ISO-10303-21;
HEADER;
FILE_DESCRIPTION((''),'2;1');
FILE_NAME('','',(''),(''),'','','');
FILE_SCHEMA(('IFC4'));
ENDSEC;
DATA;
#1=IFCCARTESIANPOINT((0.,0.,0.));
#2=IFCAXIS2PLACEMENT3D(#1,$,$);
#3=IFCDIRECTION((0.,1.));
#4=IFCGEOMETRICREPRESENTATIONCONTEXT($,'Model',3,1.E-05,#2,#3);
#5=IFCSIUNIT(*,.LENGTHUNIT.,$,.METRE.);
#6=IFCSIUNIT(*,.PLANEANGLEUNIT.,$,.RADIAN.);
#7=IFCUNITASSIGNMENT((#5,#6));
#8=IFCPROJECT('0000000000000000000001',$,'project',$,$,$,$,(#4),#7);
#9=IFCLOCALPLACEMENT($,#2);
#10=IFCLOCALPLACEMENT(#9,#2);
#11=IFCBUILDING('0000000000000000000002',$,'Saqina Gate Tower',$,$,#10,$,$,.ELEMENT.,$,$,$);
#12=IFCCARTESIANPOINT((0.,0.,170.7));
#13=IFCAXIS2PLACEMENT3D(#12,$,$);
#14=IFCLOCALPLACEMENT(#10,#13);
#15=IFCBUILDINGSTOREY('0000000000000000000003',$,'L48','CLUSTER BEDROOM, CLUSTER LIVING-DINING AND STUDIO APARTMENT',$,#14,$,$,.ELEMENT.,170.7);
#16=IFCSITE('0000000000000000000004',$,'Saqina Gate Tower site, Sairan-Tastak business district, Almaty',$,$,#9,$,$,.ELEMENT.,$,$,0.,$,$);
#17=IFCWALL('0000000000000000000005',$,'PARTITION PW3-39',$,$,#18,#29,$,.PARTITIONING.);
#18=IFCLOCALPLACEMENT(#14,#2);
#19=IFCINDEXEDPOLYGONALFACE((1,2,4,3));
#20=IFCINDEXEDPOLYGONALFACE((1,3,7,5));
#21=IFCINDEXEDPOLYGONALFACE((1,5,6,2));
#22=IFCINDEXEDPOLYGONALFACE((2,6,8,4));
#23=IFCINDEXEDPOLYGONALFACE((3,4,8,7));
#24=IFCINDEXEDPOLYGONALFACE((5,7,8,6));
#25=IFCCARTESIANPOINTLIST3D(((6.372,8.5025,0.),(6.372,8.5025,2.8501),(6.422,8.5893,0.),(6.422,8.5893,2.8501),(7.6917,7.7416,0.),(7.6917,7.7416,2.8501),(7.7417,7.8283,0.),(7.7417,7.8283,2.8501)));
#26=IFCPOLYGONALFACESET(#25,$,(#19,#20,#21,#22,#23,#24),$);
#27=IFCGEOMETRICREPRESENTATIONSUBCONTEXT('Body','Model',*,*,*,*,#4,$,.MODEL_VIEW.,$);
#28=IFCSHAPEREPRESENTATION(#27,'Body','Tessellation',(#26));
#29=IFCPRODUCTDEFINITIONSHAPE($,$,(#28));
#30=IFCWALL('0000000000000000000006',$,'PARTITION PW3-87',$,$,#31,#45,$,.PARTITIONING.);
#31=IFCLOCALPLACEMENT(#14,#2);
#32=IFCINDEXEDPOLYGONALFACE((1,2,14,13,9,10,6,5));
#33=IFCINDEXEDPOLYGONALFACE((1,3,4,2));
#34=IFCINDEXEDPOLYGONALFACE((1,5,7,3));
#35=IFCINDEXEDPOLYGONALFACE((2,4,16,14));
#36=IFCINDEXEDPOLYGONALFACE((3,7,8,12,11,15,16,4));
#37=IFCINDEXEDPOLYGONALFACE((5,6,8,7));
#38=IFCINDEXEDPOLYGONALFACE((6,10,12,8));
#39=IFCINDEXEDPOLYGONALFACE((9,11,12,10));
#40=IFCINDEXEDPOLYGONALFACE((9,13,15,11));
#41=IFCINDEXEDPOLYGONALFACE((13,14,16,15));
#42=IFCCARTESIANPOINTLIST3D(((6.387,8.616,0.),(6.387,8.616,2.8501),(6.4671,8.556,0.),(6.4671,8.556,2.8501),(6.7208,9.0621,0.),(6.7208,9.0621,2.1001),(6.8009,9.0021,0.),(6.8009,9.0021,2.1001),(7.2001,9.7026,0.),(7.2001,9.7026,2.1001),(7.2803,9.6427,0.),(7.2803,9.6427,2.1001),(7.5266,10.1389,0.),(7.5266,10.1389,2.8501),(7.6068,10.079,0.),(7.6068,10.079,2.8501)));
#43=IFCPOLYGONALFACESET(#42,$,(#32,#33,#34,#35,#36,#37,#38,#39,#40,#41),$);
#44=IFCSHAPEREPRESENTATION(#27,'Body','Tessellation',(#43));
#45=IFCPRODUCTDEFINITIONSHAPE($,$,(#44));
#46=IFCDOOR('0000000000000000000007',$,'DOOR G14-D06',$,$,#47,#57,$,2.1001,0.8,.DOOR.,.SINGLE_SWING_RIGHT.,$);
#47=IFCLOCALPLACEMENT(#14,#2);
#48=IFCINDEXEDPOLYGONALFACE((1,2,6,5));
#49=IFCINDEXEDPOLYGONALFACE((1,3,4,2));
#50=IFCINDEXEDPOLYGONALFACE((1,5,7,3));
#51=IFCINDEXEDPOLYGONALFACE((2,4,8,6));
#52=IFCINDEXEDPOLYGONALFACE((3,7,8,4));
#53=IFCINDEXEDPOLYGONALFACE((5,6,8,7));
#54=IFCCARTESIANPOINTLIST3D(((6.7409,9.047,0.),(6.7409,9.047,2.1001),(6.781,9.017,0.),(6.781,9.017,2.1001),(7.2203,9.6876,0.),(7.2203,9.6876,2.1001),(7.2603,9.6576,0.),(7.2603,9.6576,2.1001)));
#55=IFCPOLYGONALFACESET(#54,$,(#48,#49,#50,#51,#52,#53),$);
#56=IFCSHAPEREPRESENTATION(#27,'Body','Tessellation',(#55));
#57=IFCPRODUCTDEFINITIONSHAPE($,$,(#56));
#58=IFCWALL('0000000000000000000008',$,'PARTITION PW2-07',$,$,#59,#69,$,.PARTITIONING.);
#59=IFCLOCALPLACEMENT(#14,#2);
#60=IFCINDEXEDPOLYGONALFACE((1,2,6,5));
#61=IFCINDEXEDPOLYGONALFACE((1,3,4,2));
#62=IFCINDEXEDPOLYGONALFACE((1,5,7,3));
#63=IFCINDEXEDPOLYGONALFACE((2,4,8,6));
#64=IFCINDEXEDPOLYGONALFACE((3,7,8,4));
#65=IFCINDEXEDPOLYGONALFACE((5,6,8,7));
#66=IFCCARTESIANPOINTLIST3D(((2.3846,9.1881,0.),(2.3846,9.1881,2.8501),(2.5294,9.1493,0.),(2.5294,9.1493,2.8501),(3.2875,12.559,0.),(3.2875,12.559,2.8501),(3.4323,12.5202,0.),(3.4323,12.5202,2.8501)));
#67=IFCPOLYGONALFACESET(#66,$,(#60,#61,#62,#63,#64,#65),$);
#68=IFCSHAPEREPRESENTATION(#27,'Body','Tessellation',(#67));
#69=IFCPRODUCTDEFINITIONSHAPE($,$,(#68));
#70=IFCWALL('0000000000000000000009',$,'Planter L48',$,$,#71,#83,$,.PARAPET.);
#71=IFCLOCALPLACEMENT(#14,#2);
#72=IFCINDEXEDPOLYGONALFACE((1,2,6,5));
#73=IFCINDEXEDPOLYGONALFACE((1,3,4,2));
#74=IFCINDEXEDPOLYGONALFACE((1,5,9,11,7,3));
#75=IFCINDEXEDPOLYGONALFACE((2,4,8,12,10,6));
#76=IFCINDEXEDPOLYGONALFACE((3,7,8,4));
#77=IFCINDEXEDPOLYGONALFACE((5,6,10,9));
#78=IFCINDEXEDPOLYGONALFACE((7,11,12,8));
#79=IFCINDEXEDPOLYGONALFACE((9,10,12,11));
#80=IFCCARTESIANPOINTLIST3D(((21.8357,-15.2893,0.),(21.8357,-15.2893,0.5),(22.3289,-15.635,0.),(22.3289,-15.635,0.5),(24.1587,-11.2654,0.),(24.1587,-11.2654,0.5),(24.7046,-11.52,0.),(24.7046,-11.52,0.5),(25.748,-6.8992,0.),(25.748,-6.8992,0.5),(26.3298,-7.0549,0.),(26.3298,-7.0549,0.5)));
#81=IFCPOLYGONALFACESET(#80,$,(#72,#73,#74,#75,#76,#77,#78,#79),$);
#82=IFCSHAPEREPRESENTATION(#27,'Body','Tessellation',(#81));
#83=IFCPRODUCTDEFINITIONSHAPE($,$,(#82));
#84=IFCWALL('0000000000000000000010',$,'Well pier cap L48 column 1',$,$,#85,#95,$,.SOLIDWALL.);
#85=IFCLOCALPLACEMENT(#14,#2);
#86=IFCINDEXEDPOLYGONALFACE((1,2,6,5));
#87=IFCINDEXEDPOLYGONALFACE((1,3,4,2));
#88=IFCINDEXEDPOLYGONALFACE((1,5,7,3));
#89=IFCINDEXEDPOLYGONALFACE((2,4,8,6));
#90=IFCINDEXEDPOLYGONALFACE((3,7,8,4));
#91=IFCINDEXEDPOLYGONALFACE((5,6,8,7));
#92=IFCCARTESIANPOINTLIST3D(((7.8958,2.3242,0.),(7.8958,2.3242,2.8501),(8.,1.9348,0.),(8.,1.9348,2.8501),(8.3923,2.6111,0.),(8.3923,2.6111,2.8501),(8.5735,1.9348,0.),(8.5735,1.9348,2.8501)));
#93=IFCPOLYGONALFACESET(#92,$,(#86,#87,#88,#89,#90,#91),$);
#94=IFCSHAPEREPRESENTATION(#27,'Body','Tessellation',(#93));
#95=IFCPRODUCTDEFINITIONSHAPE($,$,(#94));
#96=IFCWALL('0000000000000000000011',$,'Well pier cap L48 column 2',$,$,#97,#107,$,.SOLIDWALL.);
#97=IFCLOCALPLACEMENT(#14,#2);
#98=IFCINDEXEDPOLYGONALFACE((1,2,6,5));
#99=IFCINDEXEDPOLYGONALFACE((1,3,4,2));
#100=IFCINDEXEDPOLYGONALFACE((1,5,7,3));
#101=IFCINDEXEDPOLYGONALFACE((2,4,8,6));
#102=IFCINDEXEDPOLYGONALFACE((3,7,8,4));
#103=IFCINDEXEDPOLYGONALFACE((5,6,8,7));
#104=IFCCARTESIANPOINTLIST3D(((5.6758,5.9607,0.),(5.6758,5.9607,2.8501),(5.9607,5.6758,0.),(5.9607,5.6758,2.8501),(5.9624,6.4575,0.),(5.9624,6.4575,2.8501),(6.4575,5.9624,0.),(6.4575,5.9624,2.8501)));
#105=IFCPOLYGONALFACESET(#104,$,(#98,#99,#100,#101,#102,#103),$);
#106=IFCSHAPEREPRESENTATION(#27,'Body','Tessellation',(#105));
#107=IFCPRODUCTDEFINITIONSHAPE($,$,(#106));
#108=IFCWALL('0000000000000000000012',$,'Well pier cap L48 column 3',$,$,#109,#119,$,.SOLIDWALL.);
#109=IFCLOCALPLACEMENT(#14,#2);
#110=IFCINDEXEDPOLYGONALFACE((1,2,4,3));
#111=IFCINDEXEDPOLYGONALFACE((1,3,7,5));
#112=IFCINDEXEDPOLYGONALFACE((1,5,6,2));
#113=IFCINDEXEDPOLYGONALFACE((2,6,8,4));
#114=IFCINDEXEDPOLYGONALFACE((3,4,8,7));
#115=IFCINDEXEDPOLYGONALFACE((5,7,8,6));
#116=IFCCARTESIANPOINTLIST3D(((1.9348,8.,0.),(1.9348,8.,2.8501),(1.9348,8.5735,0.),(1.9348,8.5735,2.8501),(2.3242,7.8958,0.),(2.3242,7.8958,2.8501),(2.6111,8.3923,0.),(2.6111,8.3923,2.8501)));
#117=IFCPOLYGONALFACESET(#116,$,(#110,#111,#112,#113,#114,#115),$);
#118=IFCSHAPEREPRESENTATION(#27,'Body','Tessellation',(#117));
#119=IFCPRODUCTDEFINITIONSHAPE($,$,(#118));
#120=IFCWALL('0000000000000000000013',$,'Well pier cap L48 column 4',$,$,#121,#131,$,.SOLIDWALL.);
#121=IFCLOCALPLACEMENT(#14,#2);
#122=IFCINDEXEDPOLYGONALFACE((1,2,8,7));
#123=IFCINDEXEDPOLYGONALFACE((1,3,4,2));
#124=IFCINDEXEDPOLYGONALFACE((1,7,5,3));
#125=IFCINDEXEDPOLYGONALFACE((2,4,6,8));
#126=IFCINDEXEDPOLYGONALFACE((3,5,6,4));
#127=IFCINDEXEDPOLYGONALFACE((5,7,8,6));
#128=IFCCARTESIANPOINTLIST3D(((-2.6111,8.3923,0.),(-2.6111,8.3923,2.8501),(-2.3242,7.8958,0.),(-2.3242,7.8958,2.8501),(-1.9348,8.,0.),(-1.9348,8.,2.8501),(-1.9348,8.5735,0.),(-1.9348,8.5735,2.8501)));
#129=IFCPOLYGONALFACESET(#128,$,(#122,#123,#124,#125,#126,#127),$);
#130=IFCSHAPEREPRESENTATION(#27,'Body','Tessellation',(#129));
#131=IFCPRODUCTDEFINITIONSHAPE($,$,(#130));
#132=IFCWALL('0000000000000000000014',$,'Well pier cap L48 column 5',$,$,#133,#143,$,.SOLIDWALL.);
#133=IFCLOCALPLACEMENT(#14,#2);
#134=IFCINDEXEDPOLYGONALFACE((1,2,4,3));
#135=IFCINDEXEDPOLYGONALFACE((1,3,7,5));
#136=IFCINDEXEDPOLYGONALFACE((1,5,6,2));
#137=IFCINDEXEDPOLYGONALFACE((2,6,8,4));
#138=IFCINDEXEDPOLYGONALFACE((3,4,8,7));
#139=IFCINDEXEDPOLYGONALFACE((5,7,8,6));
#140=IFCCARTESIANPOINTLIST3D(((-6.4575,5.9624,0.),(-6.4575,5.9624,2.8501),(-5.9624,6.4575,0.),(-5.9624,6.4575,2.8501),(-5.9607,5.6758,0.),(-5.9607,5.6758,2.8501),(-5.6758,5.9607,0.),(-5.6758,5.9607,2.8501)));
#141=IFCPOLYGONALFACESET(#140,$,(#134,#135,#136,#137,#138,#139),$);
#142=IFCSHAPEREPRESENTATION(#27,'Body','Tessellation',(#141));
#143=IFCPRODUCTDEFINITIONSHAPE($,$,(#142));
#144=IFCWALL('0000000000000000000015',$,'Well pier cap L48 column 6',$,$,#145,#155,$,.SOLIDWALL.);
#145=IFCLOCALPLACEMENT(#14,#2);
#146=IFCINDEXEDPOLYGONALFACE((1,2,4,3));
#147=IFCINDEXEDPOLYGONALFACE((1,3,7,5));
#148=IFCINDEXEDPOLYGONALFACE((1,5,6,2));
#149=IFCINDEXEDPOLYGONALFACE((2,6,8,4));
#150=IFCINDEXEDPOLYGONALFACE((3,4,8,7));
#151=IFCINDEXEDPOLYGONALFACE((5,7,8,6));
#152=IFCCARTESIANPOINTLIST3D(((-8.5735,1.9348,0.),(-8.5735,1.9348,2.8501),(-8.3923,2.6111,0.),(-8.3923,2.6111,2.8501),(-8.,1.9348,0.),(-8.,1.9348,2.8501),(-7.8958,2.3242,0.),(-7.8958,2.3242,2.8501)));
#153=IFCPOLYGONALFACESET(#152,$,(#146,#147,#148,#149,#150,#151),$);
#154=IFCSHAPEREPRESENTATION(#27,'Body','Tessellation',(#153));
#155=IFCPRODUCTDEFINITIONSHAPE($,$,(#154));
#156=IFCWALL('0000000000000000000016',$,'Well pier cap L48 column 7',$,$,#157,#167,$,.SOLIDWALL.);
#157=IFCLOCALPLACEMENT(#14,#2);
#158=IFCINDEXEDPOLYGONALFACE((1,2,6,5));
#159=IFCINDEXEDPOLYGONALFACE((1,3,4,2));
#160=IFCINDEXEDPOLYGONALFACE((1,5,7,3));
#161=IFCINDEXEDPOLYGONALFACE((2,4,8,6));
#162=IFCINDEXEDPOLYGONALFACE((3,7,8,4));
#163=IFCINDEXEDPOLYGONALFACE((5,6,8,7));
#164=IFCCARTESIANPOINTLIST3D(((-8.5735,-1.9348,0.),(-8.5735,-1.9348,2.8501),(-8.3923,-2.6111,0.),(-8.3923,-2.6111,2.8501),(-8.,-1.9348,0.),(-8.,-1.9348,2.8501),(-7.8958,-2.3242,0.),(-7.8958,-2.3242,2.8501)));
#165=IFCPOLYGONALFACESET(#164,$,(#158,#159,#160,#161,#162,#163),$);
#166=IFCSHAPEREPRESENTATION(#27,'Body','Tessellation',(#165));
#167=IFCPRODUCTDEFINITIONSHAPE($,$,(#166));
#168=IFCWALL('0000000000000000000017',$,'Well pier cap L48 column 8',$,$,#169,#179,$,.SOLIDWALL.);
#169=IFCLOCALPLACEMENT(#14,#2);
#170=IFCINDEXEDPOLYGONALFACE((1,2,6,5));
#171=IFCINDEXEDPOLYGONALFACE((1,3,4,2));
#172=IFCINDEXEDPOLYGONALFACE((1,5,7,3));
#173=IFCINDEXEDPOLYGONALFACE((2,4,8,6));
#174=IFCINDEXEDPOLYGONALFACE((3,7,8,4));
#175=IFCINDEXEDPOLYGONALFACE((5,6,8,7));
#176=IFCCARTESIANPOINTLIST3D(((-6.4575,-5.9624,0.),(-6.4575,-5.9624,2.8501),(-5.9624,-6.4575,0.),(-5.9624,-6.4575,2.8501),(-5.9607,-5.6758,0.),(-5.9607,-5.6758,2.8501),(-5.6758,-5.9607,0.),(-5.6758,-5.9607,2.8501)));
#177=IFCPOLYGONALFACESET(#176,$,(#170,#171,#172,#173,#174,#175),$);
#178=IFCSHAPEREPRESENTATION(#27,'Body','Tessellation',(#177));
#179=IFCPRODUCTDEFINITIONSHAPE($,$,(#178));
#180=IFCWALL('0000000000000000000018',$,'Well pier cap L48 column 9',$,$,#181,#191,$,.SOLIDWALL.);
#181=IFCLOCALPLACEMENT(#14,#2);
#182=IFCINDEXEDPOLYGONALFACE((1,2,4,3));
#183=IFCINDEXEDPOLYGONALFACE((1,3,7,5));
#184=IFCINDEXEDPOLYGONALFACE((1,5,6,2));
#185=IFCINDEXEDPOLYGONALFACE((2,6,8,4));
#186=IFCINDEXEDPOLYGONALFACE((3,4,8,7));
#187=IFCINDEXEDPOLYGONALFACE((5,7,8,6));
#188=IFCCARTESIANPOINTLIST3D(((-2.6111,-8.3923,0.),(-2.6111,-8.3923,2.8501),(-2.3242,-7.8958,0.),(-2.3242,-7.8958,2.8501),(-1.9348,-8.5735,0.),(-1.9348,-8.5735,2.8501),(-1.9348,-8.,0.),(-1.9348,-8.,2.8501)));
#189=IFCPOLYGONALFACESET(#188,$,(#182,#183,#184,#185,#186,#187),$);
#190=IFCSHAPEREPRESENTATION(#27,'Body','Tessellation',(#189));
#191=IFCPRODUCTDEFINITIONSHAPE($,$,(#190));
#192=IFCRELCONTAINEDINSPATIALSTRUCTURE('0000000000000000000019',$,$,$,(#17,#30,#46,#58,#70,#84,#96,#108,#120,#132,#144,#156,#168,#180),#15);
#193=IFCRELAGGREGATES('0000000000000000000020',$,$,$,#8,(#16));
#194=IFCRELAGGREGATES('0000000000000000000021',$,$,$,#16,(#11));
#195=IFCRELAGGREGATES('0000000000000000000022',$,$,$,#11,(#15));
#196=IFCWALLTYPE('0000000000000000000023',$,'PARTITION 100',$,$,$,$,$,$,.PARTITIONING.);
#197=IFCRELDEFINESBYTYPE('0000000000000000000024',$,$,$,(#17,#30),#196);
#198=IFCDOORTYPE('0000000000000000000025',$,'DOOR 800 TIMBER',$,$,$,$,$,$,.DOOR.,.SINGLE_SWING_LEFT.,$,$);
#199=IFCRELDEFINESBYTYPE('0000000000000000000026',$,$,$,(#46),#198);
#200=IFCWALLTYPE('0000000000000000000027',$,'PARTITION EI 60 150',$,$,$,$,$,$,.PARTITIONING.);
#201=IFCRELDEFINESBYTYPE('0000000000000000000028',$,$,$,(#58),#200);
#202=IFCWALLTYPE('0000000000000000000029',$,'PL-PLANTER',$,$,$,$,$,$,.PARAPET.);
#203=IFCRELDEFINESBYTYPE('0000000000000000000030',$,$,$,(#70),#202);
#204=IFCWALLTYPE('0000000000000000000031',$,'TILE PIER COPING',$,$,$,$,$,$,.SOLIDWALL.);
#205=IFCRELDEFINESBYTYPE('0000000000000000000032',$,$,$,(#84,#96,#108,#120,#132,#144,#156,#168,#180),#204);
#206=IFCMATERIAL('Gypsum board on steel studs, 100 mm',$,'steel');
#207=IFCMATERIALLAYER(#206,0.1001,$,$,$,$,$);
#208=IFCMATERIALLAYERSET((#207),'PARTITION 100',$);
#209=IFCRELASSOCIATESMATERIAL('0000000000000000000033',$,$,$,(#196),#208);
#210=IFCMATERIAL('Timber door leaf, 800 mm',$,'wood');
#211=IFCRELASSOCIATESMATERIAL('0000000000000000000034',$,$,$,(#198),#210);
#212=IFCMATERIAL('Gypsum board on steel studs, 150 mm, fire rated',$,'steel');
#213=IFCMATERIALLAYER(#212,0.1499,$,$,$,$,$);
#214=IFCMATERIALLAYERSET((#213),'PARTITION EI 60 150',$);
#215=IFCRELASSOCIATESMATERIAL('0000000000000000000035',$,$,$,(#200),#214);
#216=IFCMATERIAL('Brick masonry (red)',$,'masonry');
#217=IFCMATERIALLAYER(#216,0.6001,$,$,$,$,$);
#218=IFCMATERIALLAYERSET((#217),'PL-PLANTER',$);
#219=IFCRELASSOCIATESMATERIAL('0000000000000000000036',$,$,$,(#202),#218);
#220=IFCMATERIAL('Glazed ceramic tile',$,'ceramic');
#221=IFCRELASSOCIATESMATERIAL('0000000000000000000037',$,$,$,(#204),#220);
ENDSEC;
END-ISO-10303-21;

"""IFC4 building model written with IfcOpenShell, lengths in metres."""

from ifc_helpers import new_model, si_unit, direction, frame, frame_2d, origin, place, context, subcontext, project, spatial, polyline, rectangle, outline, extrude, material, layer, layer_set, type_object, element, fill, save


model = new_model("IFC4")

# Units and contexts
model_context = context("Model", 3, precision=1e-05, world=origin(), true_north=direction((0.0, 1.0)))
body_context = subcontext(model_context, "Body", "Model", "MODEL_VIEW")
ifc_project = project(units=[si_unit("LENGTHUNIT", "METRE"), si_unit("PLANEANGLEUNIT", "RADIAN")], contexts=[model_context])

# Site, building, storey
site_placement = place(None, origin())
site = spatial("IfcSite", under=ifc_project, at=site_placement, Name="Saqina Gate Tower site, Sairan-Tastak business district, Almaty", CompositionType="ELEMENT", RefElevation=0.0)
building_placement = place(site_placement, origin())
building = spatial("IfcBuilding", under=site, at=building_placement, Name="Saqina Gate Tower", CompositionType="ELEMENT")
storey_placement = place(building_placement, frame((0.0, 0.0, 170.7)))
storey = spatial("IfcBuildingStorey", under=building, at=storey_placement, Name="L48", Description="CLUSTER BEDROOM, CLUSTER LIVING-DINING AND STUDIO APARTMENT", CompositionType="ELEMENT", Elevation=170.7)

# Wall
ifc_material_1 = material(Name="Gypsum board on steel studs, 100 mm", Category="steel")
ifc_layer_1 = layer(ifc_material_1, 0.1001)
ifc_layer_set_1 = layer_set([ifc_layer_1], Name="PARTITION 100")
wall_type_1 = type_object("IfcWallType", Name="PARTITION 100", PredefinedType="PARTITIONING", material=ifc_layer_set_1)
wall_1_placement = place(storey_placement, frame((6.397, 8.5459, 0.0), z_axis=(0.0, 0.0, 1.0), x_axis=(0.866314, -0.4995, 0.0)))
element("IfcWall", 1, at=wall_1_placement, inside=storey, type_object=wall_type_1, Name="PARTITION PW3-39", PredefinedType="PARTITIONING", context=body_context, shape_type="SweptSolid", body=[
    extrude(rectangle(XDim=1.5234, YDim=0.1001, at=frame_2d((0.7617, 0.0))), origin(), (0.0, 0.0, 1.0), 2.8501),
])

# Wall, opening, door
wall_2_placement = place(storey_placement, frame((6.427, 8.5859, 0.0), z_axis=(0.0, 0.0, 1.0), x_axis=(0.599137, 0.800646, 0.0)))
wall_2 = element("IfcWall", 2, at=wall_2_placement, inside=storey, type_object=wall_type_1, Name="PARTITION PW3-87", PredefinedType="PARTITIONING", context=body_context, shape_type="SweptSolid", body=[
    extrude(rectangle(XDim=1.9021, YDim=0.1001, at=frame_2d((0.9512, 0.0))), origin(), (0.0, 0.0, 1.0), 2.8501),
])
opening_1_placement = place(wall_2_placement, frame((0.5574, 0.0, 0.0)))
opening_1 = element("IfcOpeningElement", 3, at=opening_1_placement, cuts=wall_2, PredefinedType="OPENING", context=body_context, shape_type="SweptSolid", body=[
    extrude(rectangle(XDim=0.8, YDim=2.1001, at=frame_2d((0.3999, 1.05))), frame((0.0, 0.062, 0.0), z_axis=(0.0, -1.0, 0.0), x_axis=(1.0, 0.0, 0.0)), (0.0, 0.0, 1.0), 0.124),
])
ifc_material_2 = material(Name="Timber door leaf, 800 mm", Category="wood")
door_type = type_object("IfcDoorType", Name="DOOR 800 TIMBER", OperationType="SINGLE_SWING_LEFT", PredefinedType="DOOR", material=ifc_material_2)
door_placement = place(opening_1_placement, origin())
door = element("IfcDoor", 4, at=door_placement, inside=storey, type_object=door_type, Name="DOOR G14-D06", OperationType="SINGLE_SWING_RIGHT", OverallHeight=2.1001, OverallWidth=0.8, PredefinedType="DOOR", context=body_context, shape_type="SweptSolid", body=[
    extrude(rectangle(XDim=0.8, YDim=2.1001, at=frame_2d((0.3999, 1.05))), frame((0.0, 0.0249, 0.0), z_axis=(0.0, -1.0, 0.0), x_axis=(1.0, 0.0, 0.0)), (0.0, 0.0, 1.0), 0.05),
])
fill(opening_1, door)

# Walls
ifc_material_3 = material(Name="Gypsum board on steel studs, 150 mm, fire rated", Category="steel")
ifc_layer_2 = layer(ifc_material_3, 0.1499)
ifc_layer_set_2 = layer_set([ifc_layer_2], Name="PARTITION EI 60 150")
wall_type_2 = type_object("IfcWallType", Name="PARTITION EI 60 150", PredefinedType="PARTITIONING", material=ifc_layer_set_2)
wall_3_placement = place(storey_placement, frame((2.457, 9.1687, 0.0), z_axis=(0.0, 0.0, 1.0), x_axis=(0.258716, 0.965953, 0.0)))
element("IfcWall", 5, at=wall_3_placement, inside=storey, type_object=wall_type_2, Name="PARTITION PW2-07", PredefinedType="PARTITIONING", context=body_context, shape_type="SweptSolid", body=[
    extrude(rectangle(XDim=3.4897, YDim=0.1499, at=frame_2d((1.7449, 0.0))), origin(), (0.0, 0.0, 1.0), 2.8501),
])
ifc_material_4 = material(Name="Brick masonry (red)", Category="masonry")
ifc_layer_3 = layer(ifc_material_4, 0.6001)
ifc_layer_set_3 = layer_set([ifc_layer_3], Name="PL-PLANTER")
wall_type_3 = type_object("IfcWallType", Name="PL-PLANTER", PredefinedType="PARAPET", material=ifc_layer_set_3)
wall_4_placement = place(storey_placement, origin())
element("IfcWall", 6, at=wall_4_placement, inside=storey, type_object=wall_type_3, Name="Planter L48", PredefinedType="PARAPET", context=body_context, shape_type="SweptSolid", body=[
    extrude(outline(polyline([(22.3289, -15.635), (24.7046, -11.52), (26.3298, -7.0549), (25.748, -6.8992), (24.1587, -11.2654), (21.8357, -15.2893), (22.3289, -15.635)])), origin(), (0.0, 0.0, 1.0), 0.5),
])
ifc_material_5 = material(Name="Glazed ceramic tile", Category="ceramic")
wall_type_4 = type_object("IfcWallType", Name="TILE PIER COPING", PredefinedType="SOLIDWALL", material=ifc_material_5)
wall_5_placement = place(storey_placement, origin())
element("IfcWall", 7, at=wall_5_placement, inside=storey, type_object=wall_type_4, Name="Well pier cap L48 column 1", PredefinedType="SOLIDWALL", context=body_context, shape_type="SweptSolid", body=[
    extrude(outline(polyline([(8.3923, 2.6111), (7.8958, 2.3242), (8.0, 1.9348), (8.5735, 1.9348), (8.3923, 2.6111)])), origin(), (0.0, 0.0, 1.0), 2.8501),
])
wall_6_placement = place(storey_placement, origin())
element("IfcWall", 8, at=wall_6_placement, inside=storey, type_object=wall_type_4, Name="Well pier cap L48 column 2", PredefinedType="SOLIDWALL", context=body_context, shape_type="SweptSolid", body=[
    extrude(outline(polyline([(5.9624, 6.4575), (5.6758, 5.9607), (5.9607, 5.6758), (6.4575, 5.9624), (5.9624, 6.4575)])), origin(), (0.0, 0.0, 1.0), 2.8501),
])
wall_7_placement = place(storey_placement, origin())
element("IfcWall", 9, at=wall_7_placement, inside=storey, type_object=wall_type_4, Name="Well pier cap L48 column 3", PredefinedType="SOLIDWALL", context=body_context, shape_type="SweptSolid", body=[
    extrude(outline(polyline([(1.9348, 8.5735), (1.9348, 8.0), (2.3242, 7.8958), (2.6111, 8.3923), (1.9348, 8.5735)])), origin(), (0.0, 0.0, 1.0), 2.8501),
])
wall_8_placement = place(storey_placement, origin())
element("IfcWall", 10, at=wall_8_placement, inside=storey, type_object=wall_type_4, Name="Well pier cap L48 column 4", PredefinedType="SOLIDWALL", context=body_context, shape_type="SweptSolid", body=[
    extrude(outline(polyline([(-1.9348, 8.0), (-1.9348, 8.5735), (-2.6111, 8.3923), (-2.3242, 7.8958), (-1.9348, 8.0)])), origin(), (0.0, 0.0, 1.0), 2.8501),
])
wall_9_placement = place(storey_placement, origin())
element("IfcWall", 11, at=wall_9_placement, inside=storey, type_object=wall_type_4, Name="Well pier cap L48 column 5", PredefinedType="SOLIDWALL", context=body_context, shape_type="SweptSolid", body=[
    extrude(outline(polyline([(-6.4575, 5.9624), (-5.9607, 5.6758), (-5.6758, 5.9607), (-5.9624, 6.4575), (-6.4575, 5.9624)])), origin(), (0.0, 0.0, 1.0), 2.8501),
])
wall_10_placement = place(storey_placement, origin())
element("IfcWall", 12, at=wall_10_placement, inside=storey, type_object=wall_type_4, Name="Well pier cap L48 column 6", PredefinedType="SOLIDWALL", context=body_context, shape_type="SweptSolid", body=[
    extrude(outline(polyline([(-8.5735, 1.9348), (-8.0, 1.9348), (-7.8958, 2.3242), (-8.3923, 2.6111), (-8.5735, 1.9348)])), origin(), (0.0, 0.0, 1.0), 2.8501),
])
wall_11_placement = place(storey_placement, origin())
element("IfcWall", 13, at=wall_11_placement, inside=storey, type_object=wall_type_4, Name="Well pier cap L48 column 7", PredefinedType="SOLIDWALL", context=body_context, shape_type="SweptSolid", body=[
    extrude(outline(polyline([(-8.0, -1.9348), (-8.5735, -1.9348), (-8.3923, -2.6111), (-7.8958, -2.3242), (-8.0, -1.9348)])), origin(), (0.0, 0.0, 1.0), 2.8501),
])
wall_12_placement = place(storey_placement, origin())
element("IfcWall", 14, at=wall_12_placement, inside=storey, type_object=wall_type_4, Name="Well pier cap L48 column 8", PredefinedType="SOLIDWALL", context=body_context, shape_type="SweptSolid", body=[
    extrude(outline(polyline([(-6.4575, -5.9624), (-5.9624, -6.4575), (-5.6758, -5.9607), (-5.9607, -5.6758), (-6.4575, -5.9624)])), origin(), (0.0, 0.0, 1.0), 2.8501),
])
wall_13_placement = place(storey_placement, origin())
element("IfcWall", 15, at=wall_13_placement, inside=storey, type_object=wall_type_4, Name="Well pier cap L48 column 9", PredefinedType="SOLIDWALL", context=body_context, shape_type="SweptSolid", body=[
    extrude(outline(polyline([(-1.9348, -8.5735), (-1.9348, -8.0), (-2.3242, -7.8958), (-2.6111, -8.3923), (-1.9348, -8.5735)])), origin(), (0.0, 0.0, 1.0), 2.8501),
])

save(model, "model.ifc")
